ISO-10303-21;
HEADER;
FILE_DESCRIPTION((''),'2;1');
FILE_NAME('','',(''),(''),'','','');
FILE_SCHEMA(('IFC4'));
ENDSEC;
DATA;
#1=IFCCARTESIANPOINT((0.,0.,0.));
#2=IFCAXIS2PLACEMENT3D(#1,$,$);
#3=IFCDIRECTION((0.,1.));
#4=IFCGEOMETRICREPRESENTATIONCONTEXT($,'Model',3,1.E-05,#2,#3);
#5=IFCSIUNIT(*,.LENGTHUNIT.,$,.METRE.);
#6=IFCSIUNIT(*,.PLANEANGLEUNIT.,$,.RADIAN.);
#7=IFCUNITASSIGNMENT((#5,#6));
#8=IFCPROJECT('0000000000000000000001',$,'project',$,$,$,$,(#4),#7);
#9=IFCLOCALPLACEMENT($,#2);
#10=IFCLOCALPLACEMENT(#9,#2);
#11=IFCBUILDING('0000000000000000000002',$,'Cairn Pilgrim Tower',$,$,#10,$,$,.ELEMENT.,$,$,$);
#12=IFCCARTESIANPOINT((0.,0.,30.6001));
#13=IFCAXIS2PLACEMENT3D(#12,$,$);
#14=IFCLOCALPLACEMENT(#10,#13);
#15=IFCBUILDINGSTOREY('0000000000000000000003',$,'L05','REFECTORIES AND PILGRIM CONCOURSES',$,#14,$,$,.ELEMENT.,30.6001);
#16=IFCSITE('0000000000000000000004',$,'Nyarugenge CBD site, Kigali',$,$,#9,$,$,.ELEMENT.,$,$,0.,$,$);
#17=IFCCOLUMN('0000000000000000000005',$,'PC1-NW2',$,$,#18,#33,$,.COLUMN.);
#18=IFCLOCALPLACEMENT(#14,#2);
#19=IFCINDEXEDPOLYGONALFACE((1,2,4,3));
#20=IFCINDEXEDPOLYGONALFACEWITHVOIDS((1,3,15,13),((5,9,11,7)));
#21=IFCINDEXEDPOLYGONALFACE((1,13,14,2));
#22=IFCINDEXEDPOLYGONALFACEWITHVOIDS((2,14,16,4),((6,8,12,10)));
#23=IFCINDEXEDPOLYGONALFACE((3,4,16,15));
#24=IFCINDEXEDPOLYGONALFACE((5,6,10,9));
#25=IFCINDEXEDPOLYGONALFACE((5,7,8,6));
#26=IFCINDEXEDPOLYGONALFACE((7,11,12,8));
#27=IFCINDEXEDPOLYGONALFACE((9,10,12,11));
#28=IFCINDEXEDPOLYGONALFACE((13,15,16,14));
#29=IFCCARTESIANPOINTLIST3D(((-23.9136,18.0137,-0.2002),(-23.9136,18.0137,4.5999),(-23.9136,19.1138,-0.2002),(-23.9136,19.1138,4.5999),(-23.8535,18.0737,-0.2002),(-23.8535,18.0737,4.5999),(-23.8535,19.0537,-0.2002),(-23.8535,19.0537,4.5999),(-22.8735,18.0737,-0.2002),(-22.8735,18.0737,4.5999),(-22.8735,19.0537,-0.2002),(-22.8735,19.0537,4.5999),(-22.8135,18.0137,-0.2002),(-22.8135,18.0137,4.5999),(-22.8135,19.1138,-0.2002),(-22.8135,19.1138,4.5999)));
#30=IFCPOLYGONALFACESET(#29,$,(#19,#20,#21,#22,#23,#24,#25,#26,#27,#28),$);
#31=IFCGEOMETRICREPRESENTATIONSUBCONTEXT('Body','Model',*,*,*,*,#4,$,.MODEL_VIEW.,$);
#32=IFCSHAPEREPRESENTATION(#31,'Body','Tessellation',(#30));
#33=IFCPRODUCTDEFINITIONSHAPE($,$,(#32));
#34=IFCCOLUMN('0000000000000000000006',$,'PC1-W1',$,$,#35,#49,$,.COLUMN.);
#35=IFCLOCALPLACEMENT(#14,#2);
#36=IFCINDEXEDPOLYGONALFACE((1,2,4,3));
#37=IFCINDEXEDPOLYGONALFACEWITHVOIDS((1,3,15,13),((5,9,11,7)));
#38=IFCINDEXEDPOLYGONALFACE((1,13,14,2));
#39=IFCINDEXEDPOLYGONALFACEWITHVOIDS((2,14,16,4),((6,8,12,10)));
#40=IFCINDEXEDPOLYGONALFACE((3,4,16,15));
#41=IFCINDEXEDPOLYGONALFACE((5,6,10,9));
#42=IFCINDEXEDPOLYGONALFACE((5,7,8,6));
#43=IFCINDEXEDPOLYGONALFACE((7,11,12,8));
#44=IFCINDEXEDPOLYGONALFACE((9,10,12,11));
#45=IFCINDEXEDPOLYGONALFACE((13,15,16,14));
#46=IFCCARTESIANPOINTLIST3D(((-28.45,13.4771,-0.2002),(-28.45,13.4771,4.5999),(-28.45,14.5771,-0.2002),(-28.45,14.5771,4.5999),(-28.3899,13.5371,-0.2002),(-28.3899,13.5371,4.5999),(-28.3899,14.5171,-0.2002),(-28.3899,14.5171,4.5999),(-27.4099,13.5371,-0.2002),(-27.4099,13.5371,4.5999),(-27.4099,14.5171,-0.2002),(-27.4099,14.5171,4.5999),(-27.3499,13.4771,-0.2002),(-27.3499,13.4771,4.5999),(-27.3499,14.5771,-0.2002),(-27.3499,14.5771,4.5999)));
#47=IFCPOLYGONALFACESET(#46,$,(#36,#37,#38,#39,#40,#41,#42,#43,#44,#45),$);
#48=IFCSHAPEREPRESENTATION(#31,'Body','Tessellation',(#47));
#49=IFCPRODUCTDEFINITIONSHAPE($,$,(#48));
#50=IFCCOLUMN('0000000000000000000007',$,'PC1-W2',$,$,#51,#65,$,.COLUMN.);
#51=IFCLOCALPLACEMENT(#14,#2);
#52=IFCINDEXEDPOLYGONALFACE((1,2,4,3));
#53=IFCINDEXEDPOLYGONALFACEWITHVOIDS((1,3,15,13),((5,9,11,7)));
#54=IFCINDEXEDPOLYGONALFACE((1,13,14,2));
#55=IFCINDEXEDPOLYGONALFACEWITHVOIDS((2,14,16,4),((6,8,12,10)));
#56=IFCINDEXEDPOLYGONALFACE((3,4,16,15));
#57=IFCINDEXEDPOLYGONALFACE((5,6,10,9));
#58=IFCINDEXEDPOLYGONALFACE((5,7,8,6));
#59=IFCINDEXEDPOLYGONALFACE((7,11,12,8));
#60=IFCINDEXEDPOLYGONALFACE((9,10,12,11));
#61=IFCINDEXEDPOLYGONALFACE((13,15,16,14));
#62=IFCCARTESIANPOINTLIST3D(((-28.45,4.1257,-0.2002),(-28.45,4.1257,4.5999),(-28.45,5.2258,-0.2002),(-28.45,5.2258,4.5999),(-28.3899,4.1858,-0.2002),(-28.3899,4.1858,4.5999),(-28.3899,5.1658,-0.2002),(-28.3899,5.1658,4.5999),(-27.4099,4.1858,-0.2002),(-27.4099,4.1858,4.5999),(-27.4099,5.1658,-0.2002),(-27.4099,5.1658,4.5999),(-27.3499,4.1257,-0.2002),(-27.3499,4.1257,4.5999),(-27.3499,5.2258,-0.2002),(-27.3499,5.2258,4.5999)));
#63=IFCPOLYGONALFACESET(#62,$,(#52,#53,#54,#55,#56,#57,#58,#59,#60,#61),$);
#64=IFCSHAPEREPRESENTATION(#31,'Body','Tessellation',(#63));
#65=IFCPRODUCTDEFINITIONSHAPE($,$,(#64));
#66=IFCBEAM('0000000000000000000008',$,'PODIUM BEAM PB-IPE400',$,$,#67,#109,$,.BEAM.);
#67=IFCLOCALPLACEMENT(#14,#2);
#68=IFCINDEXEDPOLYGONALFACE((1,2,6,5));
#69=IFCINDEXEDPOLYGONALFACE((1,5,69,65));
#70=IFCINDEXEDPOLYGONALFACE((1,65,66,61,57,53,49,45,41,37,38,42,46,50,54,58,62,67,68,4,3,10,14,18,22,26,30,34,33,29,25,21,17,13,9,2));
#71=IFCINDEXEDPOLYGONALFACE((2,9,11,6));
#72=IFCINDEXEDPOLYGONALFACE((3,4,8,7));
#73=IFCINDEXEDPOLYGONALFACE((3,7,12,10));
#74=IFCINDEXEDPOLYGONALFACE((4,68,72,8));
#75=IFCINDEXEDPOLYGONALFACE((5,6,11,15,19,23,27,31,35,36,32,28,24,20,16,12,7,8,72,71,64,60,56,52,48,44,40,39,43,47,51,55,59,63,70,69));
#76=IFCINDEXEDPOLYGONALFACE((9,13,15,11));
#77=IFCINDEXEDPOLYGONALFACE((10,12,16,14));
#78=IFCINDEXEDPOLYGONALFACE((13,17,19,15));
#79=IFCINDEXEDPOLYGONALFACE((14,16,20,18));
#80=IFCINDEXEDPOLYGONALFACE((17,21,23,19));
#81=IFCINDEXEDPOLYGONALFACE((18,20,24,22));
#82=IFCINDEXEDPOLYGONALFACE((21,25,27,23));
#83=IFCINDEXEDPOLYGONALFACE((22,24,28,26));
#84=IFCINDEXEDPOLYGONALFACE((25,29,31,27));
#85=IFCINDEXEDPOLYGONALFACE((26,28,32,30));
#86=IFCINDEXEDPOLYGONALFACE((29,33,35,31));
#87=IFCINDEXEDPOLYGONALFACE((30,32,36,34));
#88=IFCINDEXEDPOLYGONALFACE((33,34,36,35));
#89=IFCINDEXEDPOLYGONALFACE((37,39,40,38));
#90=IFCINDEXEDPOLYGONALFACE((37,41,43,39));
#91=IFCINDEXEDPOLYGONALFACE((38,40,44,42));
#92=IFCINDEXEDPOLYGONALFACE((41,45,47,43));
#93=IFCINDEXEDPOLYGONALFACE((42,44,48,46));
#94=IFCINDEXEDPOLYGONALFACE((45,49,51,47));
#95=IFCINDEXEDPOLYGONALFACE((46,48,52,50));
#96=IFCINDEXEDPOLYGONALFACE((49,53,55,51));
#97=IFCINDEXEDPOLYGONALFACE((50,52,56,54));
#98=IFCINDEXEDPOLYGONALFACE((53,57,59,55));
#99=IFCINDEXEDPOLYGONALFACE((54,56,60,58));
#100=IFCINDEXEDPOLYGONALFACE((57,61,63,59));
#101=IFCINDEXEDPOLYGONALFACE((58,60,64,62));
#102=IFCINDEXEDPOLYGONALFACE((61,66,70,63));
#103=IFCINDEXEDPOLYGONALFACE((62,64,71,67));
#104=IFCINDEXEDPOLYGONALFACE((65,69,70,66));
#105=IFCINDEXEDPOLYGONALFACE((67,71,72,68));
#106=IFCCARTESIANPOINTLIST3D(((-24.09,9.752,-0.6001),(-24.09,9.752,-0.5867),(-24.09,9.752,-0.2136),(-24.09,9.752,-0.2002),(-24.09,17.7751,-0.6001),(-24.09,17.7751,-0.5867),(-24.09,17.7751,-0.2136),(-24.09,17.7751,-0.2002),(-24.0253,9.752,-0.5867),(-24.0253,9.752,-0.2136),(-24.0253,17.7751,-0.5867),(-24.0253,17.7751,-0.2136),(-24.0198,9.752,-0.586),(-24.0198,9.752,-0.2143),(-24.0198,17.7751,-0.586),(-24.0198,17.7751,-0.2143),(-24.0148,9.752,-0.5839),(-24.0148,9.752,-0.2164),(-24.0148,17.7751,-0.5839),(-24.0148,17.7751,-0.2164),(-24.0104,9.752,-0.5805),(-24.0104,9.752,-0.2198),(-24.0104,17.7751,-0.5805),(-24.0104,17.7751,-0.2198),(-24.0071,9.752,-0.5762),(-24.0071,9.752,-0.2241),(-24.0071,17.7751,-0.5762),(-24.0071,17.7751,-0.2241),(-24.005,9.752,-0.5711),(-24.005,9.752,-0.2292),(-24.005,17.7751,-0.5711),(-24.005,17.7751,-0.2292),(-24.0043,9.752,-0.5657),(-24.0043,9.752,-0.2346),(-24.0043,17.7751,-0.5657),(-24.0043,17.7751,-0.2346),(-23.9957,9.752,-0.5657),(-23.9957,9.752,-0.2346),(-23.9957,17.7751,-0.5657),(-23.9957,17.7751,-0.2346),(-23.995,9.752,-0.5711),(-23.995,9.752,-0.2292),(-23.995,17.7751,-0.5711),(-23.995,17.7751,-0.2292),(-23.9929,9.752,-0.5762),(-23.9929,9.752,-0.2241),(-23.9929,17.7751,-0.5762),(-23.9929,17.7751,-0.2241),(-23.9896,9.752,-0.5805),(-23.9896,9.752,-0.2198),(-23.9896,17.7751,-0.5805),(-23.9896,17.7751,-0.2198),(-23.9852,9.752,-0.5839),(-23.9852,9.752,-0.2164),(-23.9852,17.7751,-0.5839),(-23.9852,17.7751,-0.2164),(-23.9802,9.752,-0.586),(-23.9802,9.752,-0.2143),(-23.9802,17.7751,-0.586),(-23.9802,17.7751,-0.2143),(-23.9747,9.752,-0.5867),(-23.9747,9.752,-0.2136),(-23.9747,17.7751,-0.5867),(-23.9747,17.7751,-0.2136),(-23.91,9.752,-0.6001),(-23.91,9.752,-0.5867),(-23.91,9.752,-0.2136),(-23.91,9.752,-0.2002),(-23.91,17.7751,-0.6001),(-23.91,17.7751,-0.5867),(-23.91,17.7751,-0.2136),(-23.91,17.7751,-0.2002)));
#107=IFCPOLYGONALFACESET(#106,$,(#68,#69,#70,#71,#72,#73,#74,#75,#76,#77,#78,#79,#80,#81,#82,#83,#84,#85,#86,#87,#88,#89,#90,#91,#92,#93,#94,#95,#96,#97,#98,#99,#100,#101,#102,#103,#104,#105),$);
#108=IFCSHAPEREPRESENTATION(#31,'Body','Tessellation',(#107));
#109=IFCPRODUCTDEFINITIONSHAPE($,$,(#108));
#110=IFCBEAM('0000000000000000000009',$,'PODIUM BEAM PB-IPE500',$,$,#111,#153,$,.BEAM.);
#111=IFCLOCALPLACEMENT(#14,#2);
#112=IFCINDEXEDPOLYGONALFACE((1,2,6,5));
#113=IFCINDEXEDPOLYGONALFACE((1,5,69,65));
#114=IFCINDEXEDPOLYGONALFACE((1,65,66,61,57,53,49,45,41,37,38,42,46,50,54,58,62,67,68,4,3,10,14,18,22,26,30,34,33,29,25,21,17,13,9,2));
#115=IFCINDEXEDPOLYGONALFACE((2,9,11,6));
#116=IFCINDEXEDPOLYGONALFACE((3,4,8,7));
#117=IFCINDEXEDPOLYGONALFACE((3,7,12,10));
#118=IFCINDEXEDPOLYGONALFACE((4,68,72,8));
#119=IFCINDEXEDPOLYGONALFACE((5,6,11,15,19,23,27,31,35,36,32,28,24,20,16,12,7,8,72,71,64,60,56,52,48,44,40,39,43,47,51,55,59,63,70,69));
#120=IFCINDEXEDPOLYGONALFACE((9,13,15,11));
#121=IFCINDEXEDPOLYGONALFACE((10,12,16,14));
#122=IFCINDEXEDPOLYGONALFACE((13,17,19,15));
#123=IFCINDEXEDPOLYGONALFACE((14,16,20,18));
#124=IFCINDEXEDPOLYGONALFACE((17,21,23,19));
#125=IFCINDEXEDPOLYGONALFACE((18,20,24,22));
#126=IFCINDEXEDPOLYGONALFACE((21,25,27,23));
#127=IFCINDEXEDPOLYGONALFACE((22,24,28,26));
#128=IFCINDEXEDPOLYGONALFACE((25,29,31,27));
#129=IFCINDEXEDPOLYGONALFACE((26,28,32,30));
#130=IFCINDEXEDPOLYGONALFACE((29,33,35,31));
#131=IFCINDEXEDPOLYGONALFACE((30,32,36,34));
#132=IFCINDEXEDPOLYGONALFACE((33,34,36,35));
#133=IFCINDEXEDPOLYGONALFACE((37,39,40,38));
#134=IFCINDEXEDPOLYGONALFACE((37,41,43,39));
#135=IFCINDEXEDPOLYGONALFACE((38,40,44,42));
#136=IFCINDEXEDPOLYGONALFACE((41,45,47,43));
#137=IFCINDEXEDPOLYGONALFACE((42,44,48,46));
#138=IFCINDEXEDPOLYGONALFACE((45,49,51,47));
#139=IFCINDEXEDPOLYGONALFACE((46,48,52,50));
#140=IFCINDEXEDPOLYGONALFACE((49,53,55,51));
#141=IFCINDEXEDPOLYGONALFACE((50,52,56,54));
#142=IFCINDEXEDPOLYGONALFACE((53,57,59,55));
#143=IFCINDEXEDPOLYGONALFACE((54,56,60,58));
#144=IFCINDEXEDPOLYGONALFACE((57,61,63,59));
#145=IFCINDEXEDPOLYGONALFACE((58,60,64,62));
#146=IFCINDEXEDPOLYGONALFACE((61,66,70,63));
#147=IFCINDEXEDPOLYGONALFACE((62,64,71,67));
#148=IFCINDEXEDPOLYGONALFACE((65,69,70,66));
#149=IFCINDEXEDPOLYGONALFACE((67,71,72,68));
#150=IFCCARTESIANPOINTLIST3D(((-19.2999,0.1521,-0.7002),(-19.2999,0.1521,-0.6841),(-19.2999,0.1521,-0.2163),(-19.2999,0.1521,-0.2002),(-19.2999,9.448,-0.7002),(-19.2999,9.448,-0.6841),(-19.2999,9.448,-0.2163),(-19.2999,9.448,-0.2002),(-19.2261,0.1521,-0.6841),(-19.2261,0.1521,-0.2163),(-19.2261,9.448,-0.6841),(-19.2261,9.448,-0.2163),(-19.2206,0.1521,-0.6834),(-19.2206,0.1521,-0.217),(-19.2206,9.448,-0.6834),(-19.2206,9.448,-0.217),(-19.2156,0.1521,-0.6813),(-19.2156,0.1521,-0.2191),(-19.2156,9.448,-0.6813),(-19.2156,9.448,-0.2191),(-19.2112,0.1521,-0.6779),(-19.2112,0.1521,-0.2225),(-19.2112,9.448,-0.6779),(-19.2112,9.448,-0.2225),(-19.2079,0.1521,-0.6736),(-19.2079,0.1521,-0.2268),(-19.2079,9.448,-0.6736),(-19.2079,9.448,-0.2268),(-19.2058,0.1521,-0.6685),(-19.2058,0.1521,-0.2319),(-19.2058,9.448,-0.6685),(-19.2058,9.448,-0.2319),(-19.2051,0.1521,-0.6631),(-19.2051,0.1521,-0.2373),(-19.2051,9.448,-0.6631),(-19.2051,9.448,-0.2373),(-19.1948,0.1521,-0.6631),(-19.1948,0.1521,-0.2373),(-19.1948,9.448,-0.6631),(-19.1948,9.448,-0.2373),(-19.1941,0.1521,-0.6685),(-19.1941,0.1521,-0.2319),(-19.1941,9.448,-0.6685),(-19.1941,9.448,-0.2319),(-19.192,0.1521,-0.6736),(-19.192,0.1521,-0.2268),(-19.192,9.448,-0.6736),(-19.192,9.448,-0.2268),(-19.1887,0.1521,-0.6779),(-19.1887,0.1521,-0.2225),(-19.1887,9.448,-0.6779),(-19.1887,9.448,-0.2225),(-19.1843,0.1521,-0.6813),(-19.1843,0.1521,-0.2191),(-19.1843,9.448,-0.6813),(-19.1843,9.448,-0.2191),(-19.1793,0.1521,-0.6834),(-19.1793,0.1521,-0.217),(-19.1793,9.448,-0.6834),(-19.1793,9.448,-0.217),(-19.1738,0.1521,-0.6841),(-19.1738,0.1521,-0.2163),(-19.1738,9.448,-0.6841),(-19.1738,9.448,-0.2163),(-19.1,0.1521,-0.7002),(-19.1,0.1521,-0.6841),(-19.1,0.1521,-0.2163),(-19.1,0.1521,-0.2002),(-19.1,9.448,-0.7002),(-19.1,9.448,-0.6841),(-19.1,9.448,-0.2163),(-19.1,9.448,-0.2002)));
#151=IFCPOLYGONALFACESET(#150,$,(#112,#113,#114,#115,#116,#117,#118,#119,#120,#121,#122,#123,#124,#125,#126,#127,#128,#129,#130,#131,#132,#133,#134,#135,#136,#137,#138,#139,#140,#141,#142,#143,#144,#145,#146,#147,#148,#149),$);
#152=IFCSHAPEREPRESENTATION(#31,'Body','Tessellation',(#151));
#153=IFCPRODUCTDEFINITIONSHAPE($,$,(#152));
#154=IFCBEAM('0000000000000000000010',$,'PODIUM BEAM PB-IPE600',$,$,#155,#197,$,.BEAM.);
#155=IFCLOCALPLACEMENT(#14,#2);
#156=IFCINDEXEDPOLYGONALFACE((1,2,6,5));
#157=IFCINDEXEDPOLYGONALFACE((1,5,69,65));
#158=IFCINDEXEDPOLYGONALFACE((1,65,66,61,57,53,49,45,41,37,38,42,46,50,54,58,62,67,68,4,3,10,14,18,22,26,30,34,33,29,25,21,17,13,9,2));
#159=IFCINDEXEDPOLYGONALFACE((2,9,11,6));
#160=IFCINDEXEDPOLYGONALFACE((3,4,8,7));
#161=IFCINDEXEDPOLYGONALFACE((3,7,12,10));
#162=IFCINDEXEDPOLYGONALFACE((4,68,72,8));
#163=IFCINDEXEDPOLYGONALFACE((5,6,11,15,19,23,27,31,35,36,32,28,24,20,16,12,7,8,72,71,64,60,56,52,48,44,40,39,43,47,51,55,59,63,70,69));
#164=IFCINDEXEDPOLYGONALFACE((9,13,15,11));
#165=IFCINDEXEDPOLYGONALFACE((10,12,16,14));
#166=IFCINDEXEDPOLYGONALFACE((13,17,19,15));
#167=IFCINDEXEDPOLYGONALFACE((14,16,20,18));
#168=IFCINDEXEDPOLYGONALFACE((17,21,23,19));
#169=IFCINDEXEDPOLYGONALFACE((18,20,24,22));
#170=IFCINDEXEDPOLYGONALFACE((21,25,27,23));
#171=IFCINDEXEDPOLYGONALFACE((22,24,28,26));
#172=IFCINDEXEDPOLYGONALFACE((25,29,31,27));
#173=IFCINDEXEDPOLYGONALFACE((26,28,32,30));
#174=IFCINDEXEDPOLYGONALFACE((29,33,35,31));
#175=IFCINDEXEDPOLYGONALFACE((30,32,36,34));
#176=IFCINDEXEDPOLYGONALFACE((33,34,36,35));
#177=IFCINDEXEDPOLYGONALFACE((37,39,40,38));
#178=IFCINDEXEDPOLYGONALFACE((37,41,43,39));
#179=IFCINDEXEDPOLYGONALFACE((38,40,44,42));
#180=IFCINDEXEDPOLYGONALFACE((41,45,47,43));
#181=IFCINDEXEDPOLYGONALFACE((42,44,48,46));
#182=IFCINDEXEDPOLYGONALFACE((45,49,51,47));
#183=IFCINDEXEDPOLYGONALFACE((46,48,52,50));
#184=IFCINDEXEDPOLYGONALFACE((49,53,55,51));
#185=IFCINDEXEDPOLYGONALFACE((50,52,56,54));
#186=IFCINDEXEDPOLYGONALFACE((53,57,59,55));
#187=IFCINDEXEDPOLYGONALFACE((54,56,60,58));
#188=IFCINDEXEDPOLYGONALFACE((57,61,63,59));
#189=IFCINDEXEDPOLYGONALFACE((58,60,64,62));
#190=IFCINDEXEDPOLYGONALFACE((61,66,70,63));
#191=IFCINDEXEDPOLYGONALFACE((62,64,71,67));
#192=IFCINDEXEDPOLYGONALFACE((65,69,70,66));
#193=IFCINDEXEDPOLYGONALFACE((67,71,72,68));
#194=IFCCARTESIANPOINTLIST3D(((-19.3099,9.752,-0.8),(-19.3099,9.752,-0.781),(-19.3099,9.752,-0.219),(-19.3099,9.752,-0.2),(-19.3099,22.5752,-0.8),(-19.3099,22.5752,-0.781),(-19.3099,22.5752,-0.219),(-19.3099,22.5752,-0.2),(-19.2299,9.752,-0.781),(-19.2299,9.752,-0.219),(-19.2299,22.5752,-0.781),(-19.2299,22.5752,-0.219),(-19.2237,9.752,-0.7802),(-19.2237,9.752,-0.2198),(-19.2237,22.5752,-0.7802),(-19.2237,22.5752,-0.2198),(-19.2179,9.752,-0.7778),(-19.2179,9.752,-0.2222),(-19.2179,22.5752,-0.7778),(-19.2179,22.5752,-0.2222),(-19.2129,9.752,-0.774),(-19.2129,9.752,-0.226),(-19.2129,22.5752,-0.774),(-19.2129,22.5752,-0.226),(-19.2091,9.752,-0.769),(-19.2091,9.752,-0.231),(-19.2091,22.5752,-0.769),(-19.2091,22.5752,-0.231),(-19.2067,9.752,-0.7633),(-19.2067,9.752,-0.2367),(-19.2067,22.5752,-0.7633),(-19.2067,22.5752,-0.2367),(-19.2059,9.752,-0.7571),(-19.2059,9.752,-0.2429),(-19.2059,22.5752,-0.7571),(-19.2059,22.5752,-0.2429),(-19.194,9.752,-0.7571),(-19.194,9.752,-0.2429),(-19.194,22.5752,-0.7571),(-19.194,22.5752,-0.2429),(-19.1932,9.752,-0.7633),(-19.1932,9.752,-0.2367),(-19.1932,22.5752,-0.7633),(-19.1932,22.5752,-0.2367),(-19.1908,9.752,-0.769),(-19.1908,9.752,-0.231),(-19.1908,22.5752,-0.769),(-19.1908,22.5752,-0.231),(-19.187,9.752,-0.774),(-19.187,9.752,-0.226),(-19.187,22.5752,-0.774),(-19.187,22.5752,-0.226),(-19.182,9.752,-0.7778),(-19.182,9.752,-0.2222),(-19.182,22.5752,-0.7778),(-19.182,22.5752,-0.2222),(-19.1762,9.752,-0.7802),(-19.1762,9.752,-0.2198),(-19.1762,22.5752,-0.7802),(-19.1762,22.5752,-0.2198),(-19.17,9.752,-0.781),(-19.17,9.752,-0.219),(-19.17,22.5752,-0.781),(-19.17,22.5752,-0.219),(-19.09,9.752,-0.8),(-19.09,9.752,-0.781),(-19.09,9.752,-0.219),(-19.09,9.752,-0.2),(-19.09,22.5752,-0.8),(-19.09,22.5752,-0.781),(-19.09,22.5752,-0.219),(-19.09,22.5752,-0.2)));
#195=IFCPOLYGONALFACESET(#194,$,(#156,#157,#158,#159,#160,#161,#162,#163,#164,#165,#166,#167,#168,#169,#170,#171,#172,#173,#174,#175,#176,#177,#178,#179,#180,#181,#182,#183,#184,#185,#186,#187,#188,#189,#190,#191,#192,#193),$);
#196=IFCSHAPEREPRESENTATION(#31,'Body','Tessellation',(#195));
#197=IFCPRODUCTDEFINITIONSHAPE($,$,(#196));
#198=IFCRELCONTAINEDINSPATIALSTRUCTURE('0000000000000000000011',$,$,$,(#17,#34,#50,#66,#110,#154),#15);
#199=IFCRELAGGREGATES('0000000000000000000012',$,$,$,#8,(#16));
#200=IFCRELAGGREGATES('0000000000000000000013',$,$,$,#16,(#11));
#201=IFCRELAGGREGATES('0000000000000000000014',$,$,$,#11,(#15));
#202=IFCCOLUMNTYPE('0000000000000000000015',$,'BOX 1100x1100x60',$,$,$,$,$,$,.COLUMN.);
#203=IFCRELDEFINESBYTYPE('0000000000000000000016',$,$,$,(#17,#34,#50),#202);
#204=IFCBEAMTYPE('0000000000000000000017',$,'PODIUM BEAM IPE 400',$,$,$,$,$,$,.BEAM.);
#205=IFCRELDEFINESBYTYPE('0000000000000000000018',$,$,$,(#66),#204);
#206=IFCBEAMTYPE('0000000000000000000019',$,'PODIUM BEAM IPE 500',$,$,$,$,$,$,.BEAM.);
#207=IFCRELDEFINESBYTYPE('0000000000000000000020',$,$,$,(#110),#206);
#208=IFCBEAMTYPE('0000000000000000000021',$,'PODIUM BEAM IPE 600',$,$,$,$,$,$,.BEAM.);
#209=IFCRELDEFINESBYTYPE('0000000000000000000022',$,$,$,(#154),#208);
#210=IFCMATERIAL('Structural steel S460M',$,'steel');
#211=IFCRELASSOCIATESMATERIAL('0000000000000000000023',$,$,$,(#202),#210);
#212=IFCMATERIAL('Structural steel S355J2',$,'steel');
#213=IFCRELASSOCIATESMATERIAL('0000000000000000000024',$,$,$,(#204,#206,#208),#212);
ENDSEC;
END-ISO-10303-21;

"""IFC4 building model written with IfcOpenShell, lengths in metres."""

from ifc_helpers import new_model, si_unit, direction, frame, origin, origin_2d, place, context, subcontext, project, spatial, hollow_rectangle, i_section, extrude, material, material_profile, profile_set, type_object, element, save


model = new_model("IFC4")

# Units and contexts
model_context = context("Model", 3, precision=1e-05, world=origin(), true_north=direction((0.0, 1.0)))
body_context = subcontext(model_context, "Body", "Model", "MODEL_VIEW")
ifc_project = project(units=[si_unit("LENGTHUNIT", "METRE"), si_unit("PLANEANGLEUNIT", "RADIAN")], contexts=[model_context])

# Site, building, storey
site_placement = place(None, origin())
site = spatial("IfcSite", under=ifc_project, at=site_placement, Name="Nyarugenge CBD site, Kigali", CompositionType="ELEMENT", RefElevation=0.0)
building_placement = place(site_placement, origin())
building = spatial("IfcBuilding", under=site, at=building_placement, Name="Cairn Pilgrim Tower", CompositionType="ELEMENT")
storey_placement = place(building_placement, frame((0.0, 0.0, 30.6001)))
storey = spatial("IfcBuildingStorey", under=building, at=storey_placement, Name="L05", Description="REFECTORIES AND PILGRIM CONCOURSES", CompositionType="ELEMENT", Elevation=30.6001)

# Columns
ifc_material_1 = material(Name="Structural steel S460M", Category="steel")
ifc_material_profile_1 = material_profile(ifc_material_1, hollow_rectangle(XDim=1.1001, YDim=1.1001, WallThickness=0.0601, at=origin_2d()), Name="BOX 1100x1100x60")
ifc_profile_set_1 = profile_set([ifc_material_profile_1], Name="Structural steel S460M")
column_type = type_object("IfcColumnType", Name="BOX 1100x1100x60", PredefinedType="COLUMN", material=ifc_profile_set_1)
for number, where, z_axis, x_axis, name in (
    (1, (-23.3635, 18.5637, -0.2002), (0.0, 0.0, 1.0), (1.0, 0.0, 0.0), "PC1-NW2"),
    (2, (-27.8999, 14.0271, -0.2002), (0.0, 0.0, 1.0), (1.0, 0.0, 0.0), "PC1-W1"),
    (3, (-27.8999, 4.6758, -0.2002), (0.0, 0.0, 1.0), (1.0, 0.0, 0.0), "PC1-W2"),
):
    element("IfcColumn", number, at=place(storey_placement, frame(where, z_axis=z_axis, x_axis=x_axis)), inside=storey, type_object=column_type, Name=name, PredefinedType="COLUMN", context=body_context, shape_type="SweptSolid", body=[
        extrude(hollow_rectangle(XDim=1.1001, YDim=1.1001, WallThickness=0.0601, at=origin_2d()), origin(), (0.0, 0.0, 1.0), 4.8),
    ])

# Beams
ifc_material_2 = material(Name="Structural steel S355J2", Category="steel")
ifc_material_profile_2 = material_profile(ifc_material_2, i_section(OverallWidth=0.1799, OverallDepth=0.3999, WebThickness=0.0085, FlangeThickness=0.0134, FilletRadius=0.021, at=origin_2d()), Name="IPE 400")
ifc_profile_set_2 = profile_set([ifc_material_profile_2], Name="Structural steel S355J2")
beam_type_1 = type_object("IfcBeamType", Name="PODIUM BEAM IPE 400", PredefinedType="BEAM", material=ifc_profile_set_2)
beam_1_placement = place(storey_placement, frame((-24.0, 9.752, -0.4001), z_axis=(0.0, 1.0, 0.0), x_axis=(-1.0, 0.0, 0.0)))
element("IfcBeam", 4, at=beam_1_placement, inside=storey, type_object=beam_type_1, Name="PODIUM BEAM PB-IPE400", PredefinedType="BEAM", context=body_context, shape_type="SweptSolid", body=[
    extrude(i_section(OverallWidth=0.1799, OverallDepth=0.3999, WebThickness=0.0085, FlangeThickness=0.0134, FilletRadius=0.021, at=origin_2d()), origin(), (0.0, 0.0, 1.0), 8.0232),
])
ifc_material_profile_3 = material_profile(ifc_material_2, i_section(OverallWidth=0.2, OverallDepth=0.5, WebThickness=0.0103, FlangeThickness=0.0161, FilletRadius=0.021, at=origin_2d()), Name="IPE 500")
ifc_profile_set_3 = profile_set([ifc_material_profile_3], Name="Structural steel S355J2")
beam_type_2 = type_object("IfcBeamType", Name="PODIUM BEAM IPE 500", PredefinedType="BEAM", material=ifc_profile_set_3)
beam_2_placement = place(storey_placement, frame((-19.2, 0.1521, -0.4502), z_axis=(0.0, 1.0, 0.0), x_axis=(-1.0, 0.0, 0.0)))
element("IfcBeam", 5, at=beam_2_placement, inside=storey, type_object=beam_type_2, Name="PODIUM BEAM PB-IPE500", PredefinedType="BEAM", context=body_context, shape_type="SweptSolid", body=[
    extrude(i_section(OverallWidth=0.2, OverallDepth=0.5, WebThickness=0.0103, FlangeThickness=0.0161, FilletRadius=0.021, at=origin_2d()), origin(), (0.0, 0.0, 1.0), 9.2959),
])
ifc_material_profile_4 = material_profile(ifc_material_2, i_section(OverallWidth=0.22, OverallDepth=0.6001, WebThickness=0.012, FlangeThickness=0.019, FilletRadius=0.0239, at=origin_2d()), Name="IPE 600")
ifc_profile_set_4 = profile_set([ifc_material_profile_4], Name="Structural steel S355J2")
beam_type_3 = type_object("IfcBeamType", Name="PODIUM BEAM IPE 600", PredefinedType="BEAM", material=ifc_profile_set_4)
beam_3_placement = place(storey_placement, frame((-19.2, 9.752, -0.5), z_axis=(0.0, 1.0, 0.0), x_axis=(-1.0, 0.0, 0.0)))
element("IfcBeam", 6, at=beam_3_placement, inside=storey, type_object=beam_type_3, Name="PODIUM BEAM PB-IPE600", PredefinedType="BEAM", context=body_context, shape_type="SweptSolid", body=[
    extrude(i_section(OverallWidth=0.22, OverallDepth=0.6001, WebThickness=0.012, FlangeThickness=0.019, FilletRadius=0.0239, at=origin_2d()), origin(), (0.0, 0.0, 1.0), 12.8232),
])

save(model, "model.ifc")
